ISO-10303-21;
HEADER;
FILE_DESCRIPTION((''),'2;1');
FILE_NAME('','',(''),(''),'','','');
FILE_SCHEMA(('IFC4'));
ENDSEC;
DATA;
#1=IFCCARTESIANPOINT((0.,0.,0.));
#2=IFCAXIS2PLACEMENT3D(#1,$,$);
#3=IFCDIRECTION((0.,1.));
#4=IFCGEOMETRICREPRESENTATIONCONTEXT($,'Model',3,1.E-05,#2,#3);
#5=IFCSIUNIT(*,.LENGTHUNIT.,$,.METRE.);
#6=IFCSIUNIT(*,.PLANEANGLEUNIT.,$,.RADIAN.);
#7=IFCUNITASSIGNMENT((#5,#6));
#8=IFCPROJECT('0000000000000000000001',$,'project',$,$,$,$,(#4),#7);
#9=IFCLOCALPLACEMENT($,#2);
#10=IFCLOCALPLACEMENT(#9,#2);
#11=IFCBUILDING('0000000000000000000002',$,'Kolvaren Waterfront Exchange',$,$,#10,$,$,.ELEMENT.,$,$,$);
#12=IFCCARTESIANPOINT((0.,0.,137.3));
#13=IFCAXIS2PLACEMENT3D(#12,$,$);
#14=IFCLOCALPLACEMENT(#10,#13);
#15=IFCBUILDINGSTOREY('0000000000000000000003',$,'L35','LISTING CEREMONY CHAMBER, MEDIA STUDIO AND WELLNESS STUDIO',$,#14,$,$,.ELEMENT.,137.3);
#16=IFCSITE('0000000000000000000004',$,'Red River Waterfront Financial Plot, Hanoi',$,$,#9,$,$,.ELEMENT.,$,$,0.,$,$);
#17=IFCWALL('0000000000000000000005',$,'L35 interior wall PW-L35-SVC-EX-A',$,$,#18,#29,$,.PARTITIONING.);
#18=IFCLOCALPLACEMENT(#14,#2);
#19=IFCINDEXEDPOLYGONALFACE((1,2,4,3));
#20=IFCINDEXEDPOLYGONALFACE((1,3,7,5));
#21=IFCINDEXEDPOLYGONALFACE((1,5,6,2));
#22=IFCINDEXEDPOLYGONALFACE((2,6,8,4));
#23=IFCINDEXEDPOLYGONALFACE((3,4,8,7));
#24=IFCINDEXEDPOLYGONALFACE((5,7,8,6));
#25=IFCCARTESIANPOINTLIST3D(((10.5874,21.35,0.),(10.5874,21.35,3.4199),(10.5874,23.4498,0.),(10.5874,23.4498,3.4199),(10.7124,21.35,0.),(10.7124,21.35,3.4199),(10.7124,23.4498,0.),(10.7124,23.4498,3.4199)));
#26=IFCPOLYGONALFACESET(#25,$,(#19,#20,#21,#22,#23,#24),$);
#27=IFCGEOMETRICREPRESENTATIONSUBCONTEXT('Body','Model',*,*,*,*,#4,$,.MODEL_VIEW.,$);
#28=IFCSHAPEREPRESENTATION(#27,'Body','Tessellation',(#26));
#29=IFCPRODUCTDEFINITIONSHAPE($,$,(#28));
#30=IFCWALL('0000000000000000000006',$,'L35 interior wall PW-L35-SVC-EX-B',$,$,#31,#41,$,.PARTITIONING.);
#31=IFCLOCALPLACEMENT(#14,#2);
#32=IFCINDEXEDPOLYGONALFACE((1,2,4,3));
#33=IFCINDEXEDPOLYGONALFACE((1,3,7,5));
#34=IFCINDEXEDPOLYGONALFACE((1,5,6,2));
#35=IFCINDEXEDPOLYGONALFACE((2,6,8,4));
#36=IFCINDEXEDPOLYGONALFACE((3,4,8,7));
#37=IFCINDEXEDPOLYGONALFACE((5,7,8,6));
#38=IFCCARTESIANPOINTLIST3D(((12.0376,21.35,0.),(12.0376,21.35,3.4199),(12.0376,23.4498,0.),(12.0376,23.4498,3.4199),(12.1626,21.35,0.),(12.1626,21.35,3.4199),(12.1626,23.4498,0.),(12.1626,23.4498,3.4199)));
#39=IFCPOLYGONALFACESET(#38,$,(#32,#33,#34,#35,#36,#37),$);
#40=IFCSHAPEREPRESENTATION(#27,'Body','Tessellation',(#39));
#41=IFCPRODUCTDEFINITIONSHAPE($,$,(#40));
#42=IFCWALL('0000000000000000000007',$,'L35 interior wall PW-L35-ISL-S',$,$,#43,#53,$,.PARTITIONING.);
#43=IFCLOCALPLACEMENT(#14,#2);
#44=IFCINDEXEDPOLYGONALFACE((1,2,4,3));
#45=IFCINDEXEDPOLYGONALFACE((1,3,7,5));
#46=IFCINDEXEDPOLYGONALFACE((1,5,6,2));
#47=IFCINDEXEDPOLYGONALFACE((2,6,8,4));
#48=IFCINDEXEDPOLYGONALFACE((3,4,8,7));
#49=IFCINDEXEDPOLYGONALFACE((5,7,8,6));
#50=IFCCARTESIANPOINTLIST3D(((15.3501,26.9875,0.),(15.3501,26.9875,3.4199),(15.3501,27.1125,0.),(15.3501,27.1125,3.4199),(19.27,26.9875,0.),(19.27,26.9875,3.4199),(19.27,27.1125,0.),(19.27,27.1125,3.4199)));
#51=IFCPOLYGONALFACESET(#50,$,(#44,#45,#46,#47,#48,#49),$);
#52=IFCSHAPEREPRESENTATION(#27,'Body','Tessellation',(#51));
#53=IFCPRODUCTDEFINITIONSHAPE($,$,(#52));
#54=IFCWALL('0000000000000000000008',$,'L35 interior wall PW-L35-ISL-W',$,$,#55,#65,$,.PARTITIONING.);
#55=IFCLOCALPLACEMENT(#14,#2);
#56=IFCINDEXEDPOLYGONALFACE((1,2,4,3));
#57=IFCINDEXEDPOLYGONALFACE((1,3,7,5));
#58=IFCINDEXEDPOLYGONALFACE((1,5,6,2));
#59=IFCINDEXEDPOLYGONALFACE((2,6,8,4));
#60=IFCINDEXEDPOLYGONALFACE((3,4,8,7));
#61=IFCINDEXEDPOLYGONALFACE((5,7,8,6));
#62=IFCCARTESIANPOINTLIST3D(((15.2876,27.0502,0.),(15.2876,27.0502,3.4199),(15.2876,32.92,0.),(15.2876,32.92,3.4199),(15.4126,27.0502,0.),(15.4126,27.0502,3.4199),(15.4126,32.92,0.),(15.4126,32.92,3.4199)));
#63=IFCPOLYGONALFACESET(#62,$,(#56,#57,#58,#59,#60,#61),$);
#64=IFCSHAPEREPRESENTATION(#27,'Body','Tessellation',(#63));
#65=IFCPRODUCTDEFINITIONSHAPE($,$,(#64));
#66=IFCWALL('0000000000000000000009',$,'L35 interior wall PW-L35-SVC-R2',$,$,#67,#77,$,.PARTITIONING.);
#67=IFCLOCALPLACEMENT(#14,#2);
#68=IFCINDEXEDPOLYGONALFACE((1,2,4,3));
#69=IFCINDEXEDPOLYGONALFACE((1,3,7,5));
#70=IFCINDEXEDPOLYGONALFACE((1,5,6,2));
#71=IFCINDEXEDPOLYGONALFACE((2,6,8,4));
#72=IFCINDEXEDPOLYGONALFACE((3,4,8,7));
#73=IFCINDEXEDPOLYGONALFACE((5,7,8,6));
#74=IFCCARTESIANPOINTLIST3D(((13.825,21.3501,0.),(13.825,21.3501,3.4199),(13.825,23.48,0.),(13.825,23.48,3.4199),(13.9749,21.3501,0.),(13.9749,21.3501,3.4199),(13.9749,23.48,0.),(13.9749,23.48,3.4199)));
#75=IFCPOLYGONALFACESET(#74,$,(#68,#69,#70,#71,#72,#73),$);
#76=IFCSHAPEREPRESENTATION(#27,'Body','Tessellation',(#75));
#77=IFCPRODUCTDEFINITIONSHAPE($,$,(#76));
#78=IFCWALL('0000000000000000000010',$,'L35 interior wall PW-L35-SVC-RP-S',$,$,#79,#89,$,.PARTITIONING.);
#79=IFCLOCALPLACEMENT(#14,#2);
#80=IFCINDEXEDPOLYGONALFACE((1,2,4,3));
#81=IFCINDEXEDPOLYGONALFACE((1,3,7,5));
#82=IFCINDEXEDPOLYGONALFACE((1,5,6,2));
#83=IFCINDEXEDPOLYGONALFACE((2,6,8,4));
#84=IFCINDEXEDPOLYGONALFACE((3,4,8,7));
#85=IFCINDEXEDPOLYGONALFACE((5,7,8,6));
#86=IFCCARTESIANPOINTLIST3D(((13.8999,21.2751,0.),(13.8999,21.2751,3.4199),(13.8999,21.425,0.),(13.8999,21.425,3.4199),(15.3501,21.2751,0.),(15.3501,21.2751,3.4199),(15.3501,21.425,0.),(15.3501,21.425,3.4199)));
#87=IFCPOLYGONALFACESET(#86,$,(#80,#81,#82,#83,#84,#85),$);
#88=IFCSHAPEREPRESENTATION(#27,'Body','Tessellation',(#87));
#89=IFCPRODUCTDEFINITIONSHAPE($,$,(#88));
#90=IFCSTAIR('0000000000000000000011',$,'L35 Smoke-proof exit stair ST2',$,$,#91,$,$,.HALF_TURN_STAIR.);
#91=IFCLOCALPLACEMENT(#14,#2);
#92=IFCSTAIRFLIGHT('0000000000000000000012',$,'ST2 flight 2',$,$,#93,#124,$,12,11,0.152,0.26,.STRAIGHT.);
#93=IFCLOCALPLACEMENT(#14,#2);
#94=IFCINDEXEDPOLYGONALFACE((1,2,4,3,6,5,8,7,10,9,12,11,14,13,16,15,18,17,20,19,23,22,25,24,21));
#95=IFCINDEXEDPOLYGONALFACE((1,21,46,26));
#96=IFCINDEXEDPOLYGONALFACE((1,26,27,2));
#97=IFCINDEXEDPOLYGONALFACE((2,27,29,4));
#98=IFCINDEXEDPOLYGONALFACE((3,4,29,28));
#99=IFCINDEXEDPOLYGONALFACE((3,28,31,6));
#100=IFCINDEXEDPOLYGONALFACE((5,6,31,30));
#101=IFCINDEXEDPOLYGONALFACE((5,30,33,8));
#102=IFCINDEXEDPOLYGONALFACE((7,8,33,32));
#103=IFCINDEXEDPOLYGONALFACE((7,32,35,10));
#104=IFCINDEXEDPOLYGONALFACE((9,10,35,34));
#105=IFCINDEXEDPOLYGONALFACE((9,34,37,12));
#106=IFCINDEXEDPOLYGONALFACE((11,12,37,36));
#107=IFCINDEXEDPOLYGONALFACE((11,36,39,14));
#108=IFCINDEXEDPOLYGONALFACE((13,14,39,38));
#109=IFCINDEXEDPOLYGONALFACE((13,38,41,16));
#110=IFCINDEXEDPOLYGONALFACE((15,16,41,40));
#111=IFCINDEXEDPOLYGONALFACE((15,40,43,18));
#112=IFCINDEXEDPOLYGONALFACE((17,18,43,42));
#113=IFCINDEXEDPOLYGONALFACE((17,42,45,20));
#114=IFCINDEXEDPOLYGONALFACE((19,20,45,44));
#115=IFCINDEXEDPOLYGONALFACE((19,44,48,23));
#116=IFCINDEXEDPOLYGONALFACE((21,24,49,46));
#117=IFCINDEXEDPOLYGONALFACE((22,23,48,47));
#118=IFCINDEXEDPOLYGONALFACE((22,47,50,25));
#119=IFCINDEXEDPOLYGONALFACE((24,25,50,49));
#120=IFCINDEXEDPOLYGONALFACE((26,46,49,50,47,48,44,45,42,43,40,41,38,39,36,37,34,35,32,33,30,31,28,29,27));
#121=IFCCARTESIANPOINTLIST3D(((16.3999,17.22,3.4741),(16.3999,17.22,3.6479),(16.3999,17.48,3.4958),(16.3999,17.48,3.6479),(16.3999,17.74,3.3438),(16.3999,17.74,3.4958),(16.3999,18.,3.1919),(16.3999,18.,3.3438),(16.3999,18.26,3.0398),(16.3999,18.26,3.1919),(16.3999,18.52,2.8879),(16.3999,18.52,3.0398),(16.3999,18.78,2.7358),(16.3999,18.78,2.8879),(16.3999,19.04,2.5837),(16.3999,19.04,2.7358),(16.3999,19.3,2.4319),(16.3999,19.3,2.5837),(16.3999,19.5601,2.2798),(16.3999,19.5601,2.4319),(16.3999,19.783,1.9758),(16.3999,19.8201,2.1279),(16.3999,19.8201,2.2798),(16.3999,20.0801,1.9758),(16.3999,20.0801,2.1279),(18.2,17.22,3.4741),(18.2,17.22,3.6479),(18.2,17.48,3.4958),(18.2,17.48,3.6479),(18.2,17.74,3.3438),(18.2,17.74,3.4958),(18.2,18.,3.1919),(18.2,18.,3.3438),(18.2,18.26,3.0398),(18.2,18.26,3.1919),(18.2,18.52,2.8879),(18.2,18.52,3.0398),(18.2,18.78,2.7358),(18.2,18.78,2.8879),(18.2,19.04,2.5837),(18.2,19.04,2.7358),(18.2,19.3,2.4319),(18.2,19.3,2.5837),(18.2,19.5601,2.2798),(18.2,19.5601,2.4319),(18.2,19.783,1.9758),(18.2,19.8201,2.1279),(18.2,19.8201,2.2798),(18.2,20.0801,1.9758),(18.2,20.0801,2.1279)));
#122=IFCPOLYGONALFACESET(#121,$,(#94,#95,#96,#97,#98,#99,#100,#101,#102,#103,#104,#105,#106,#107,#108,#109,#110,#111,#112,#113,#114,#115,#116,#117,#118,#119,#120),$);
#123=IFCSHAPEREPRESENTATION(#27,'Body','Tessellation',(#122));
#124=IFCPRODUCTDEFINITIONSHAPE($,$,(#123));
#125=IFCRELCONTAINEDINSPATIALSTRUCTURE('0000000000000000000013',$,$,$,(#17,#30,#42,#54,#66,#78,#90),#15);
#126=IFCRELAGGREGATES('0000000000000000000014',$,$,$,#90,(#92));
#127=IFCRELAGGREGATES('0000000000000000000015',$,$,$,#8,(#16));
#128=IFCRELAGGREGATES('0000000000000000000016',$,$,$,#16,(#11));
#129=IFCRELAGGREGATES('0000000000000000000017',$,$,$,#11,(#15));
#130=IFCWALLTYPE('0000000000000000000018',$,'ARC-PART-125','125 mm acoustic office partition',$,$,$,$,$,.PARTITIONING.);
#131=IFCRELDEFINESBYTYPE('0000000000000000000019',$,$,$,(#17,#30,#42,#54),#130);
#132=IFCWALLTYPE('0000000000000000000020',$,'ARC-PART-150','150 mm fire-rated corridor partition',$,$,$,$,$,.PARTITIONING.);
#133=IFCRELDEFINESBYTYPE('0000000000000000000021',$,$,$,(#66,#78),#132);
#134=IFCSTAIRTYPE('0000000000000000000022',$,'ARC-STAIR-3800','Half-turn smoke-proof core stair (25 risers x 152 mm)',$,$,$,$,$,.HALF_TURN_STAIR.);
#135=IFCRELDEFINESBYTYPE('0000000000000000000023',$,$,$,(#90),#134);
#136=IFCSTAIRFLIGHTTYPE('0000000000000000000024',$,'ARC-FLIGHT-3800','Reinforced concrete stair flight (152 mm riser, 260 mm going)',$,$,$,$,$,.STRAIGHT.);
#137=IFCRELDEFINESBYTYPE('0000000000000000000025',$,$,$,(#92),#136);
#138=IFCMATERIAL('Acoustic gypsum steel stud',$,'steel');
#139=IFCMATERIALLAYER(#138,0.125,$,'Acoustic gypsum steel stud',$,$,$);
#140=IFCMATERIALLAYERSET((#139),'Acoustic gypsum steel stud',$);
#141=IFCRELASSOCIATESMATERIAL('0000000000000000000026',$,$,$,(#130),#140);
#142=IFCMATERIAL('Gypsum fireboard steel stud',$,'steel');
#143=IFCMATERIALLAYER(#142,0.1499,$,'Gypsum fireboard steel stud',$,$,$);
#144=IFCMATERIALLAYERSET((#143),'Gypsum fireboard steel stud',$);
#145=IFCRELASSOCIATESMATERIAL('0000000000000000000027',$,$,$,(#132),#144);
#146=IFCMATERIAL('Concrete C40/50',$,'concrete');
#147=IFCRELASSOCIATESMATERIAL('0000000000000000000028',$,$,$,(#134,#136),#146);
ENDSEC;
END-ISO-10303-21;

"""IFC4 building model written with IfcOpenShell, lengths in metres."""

from ifc_helpers import new_model, si_unit, direction, frame, frame_2d, origin, place, context, subcontext, project, spatial, polyline, rectangle, outline, extrude, material, layer, layer_set, type_object, element, aggregate, save


model = new_model("IFC4")

# Units and contexts
model_context = context("Model", 3, precision=1e-05, world=origin(), true_north=direction((0.0, 1.0)))
body_context = subcontext(model_context, "Body", "Model", "MODEL_VIEW")
ifc_project = project(units=[si_unit("LENGTHUNIT", "METRE"), si_unit("PLANEANGLEUNIT", "RADIAN")], contexts=[model_context])

# Site, building, storey
site_placement = place(None, origin())
site = spatial("IfcSite", under=ifc_project, at=site_placement, Name="Red River Waterfront Financial Plot, Hanoi", CompositionType="ELEMENT", RefElevation=0.0)
building_placement = place(site_placement, origin())
building = spatial("IfcBuilding", under=site, at=building_placement, Name="Kolvaren Waterfront Exchange", CompositionType="ELEMENT")
storey_placement = place(building_placement, frame((0.0, 0.0, 137.3)))
storey = spatial("IfcBuildingStorey", under=building, at=storey_placement, Name="L35", Description="LISTING CEREMONY CHAMBER, MEDIA STUDIO AND WELLNESS STUDIO", CompositionType="ELEMENT", Elevation=137.3)

# Shared definitions
ifc_material_1 = material(Name="Acoustic gypsum steel stud", Category="steel")
ifc_layer_1 = layer(ifc_material_1, 0.125, Name="Acoustic gypsum steel stud")
ifc_layer_set_1 = layer_set([ifc_layer_1], Name="Acoustic gypsum steel stud")
wall_type_1 = type_object("IfcWallType", Name="ARC-PART-125", Description="125 mm acoustic office partition", PredefinedType="PARTITIONING", material=ifc_layer_set_1)

# Walls
for number, where, z_axis, x_axis, name in (
    (1, (10.6499, 21.3501, 0.0), (0.0, 0.0, 1.0), (0.0, 1.0, 0.0), "L35 interior wall PW-L35-SVC-EX-A"),
    (2, (12.1001, 21.3501, 0.0), (0.0, 0.0, 1.0), (0.0, 1.0, 0.0), "L35 interior wall PW-L35-SVC-EX-B"),
):
    element("IfcWall", number, at=place(storey_placement, frame(where, z_axis=z_axis, x_axis=x_axis)), inside=storey, type_object=wall_type_1, Name=name, PredefinedType="PARTITIONING", context=body_context, shape_type="SweptSolid", body=[
        extrude(rectangle(XDim=2.0999, YDim=0.125, at=frame_2d((1.0498, 0.0))), origin(), (0.0, 0.0, 1.0), 3.4199),
    ])
wall_1_placement = place(storey_placement, frame((15.3501, 27.05, 0.0), z_axis=(0.0, 0.0, 1.0), x_axis=(1.0, 0.0, 0.0)))
element("IfcWall", 3, at=wall_1_placement, inside=storey, type_object=wall_type_1, Name="L35 interior wall PW-L35-ISL-S", PredefinedType="PARTITIONING", context=body_context, shape_type="SweptSolid", body=[
    extrude(rectangle(XDim=3.9199, YDim=0.125, at=frame_2d((1.96, 0.0))), origin(), (0.0, 0.0, 1.0), 3.4199),
])
wall_2_placement = place(storey_placement, frame((15.3501, 27.05, 0.0), z_axis=(0.0, 0.0, 1.0), x_axis=(0.0, 1.0, 0.0)))
element("IfcWall", 4, at=wall_2_placement, inside=storey, type_object=wall_type_1, Name="L35 interior wall PW-L35-ISL-W", PredefinedType="PARTITIONING", context=body_context, shape_type="SweptSolid", body=[
    extrude(rectangle(XDim=5.8699, YDim=0.125, at=frame_2d((2.9351, 0.0))), origin(), (0.0, 0.0, 1.0), 3.4199),
])
ifc_material_2 = material(Name="Gypsum fireboard steel stud", Category="steel")
ifc_layer_2 = layer(ifc_material_2, 0.1499, Name="Gypsum fireboard steel stud")
ifc_layer_set_2 = layer_set([ifc_layer_2], Name="Gypsum fireboard steel stud")
wall_type_2 = type_object("IfcWallType", Name="ARC-PART-150", Description="150 mm fire-rated corridor partition", PredefinedType="PARTITIONING", material=ifc_layer_set_2)
wall_3_placement = place(storey_placement, frame((13.8999, 21.3501, 0.0), z_axis=(0.0, 0.0, 1.0), x_axis=(0.0, 1.0, 0.0)))
element("IfcWall", 5, at=wall_3_placement, inside=storey, type_object=wall_type_2, Name="L35 interior wall PW-L35-SVC-R2", PredefinedType="PARTITIONING", context=body_context, shape_type="SweptSolid", body=[
    extrude(rectangle(XDim=2.1299, YDim=0.1499, at=frame_2d((1.0649, 0.0))), origin(), (0.0, 0.0, 1.0), 3.4199),
])
wall_4_placement = place(storey_placement, frame((13.8999, 21.3501, 0.0), z_axis=(0.0, 0.0, 1.0), x_axis=(1.0, 0.0, 0.0)))
element("IfcWall", 6, at=wall_4_placement, inside=storey, type_object=wall_type_2, Name="L35 interior wall PW-L35-SVC-RP-S", PredefinedType="PARTITIONING", context=body_context, shape_type="SweptSolid", body=[
    extrude(rectangle(XDim=1.4502, YDim=0.1499, at=frame_2d((0.7251, 0.0))), origin(), (0.0, 0.0, 1.0), 3.4199),
])

# Stair, stair flight
ifc_material_3 = material(Name="Concrete C40/50", Category="concrete")
stair_type = type_object("IfcStairType", Name="ARC-STAIR-3800", Description="Half-turn smoke-proof core stair (25 risers x 152 mm)", PredefinedType="HALF_TURN_STAIR", material=ifc_material_3)
stair_placement = place(storey_placement, origin())
stair = element("IfcStair", 7, at=stair_placement, inside=storey, type_object=stair_type, Name="L35 Smoke-proof exit stair ST2", PredefinedType="HALF_TURN_STAIR")
stair_flight_type = type_object("IfcStairFlightType", Name="ARC-FLIGHT-3800", Description="Reinforced concrete stair flight (152 mm riser, 260 mm going)", PredefinedType="STRAIGHT", material=ifc_material_3)
stair_flight_placement = place(storey_placement, frame((17.3, 20.0801, 1.9758), z_axis=(0.0, 0.0, 1.0), x_axis=(0.0, -1.0, 0.0)))
stair_flight = element("IfcStairFlight", 8, at=stair_flight_placement, type_object=stair_flight_type, Name="ST2 flight 2", NumberOfRisers=12, NumberOfTreads=11, PredefinedType="STRAIGHT", RiserHeight=0.152, TreadLength=0.26, context=body_context, shape_type="SweptSolid", body=[
    extrude(outline(polyline([(0.0, 0.0), (0.0, 0.1521), (0.26, 0.1521), (0.26, 0.304), (0.52, 0.304), (0.52, 0.4561), (0.78, 0.4561), (0.78, 0.6079), (1.04, 0.6079), (1.04, 0.76), (1.3, 0.76), (1.3, 0.9121), (1.5601, 0.9121), (1.5601, 1.064), (1.8201, 1.064), (1.8201, 1.2161), (2.0801, 1.2161), (2.0801, 1.3679), (2.3401, 1.3679), (2.3401, 1.52), (2.6001, 1.52), (2.6001, 1.6721), (2.8601, 1.6721), (2.8601, 1.824), (2.8601, 1.4983), (0.2971, 0.0), (0.0, 0.0)])), frame((0.0, 0.8999, 0.0), z_axis=(0.0, -1.0, 0.0), x_axis=(1.0, 0.0, 0.0)), (0.0, 0.0, 1.0), 1.8),
])
aggregate(stair, [stair_flight])

save(model, "model.ifc")
